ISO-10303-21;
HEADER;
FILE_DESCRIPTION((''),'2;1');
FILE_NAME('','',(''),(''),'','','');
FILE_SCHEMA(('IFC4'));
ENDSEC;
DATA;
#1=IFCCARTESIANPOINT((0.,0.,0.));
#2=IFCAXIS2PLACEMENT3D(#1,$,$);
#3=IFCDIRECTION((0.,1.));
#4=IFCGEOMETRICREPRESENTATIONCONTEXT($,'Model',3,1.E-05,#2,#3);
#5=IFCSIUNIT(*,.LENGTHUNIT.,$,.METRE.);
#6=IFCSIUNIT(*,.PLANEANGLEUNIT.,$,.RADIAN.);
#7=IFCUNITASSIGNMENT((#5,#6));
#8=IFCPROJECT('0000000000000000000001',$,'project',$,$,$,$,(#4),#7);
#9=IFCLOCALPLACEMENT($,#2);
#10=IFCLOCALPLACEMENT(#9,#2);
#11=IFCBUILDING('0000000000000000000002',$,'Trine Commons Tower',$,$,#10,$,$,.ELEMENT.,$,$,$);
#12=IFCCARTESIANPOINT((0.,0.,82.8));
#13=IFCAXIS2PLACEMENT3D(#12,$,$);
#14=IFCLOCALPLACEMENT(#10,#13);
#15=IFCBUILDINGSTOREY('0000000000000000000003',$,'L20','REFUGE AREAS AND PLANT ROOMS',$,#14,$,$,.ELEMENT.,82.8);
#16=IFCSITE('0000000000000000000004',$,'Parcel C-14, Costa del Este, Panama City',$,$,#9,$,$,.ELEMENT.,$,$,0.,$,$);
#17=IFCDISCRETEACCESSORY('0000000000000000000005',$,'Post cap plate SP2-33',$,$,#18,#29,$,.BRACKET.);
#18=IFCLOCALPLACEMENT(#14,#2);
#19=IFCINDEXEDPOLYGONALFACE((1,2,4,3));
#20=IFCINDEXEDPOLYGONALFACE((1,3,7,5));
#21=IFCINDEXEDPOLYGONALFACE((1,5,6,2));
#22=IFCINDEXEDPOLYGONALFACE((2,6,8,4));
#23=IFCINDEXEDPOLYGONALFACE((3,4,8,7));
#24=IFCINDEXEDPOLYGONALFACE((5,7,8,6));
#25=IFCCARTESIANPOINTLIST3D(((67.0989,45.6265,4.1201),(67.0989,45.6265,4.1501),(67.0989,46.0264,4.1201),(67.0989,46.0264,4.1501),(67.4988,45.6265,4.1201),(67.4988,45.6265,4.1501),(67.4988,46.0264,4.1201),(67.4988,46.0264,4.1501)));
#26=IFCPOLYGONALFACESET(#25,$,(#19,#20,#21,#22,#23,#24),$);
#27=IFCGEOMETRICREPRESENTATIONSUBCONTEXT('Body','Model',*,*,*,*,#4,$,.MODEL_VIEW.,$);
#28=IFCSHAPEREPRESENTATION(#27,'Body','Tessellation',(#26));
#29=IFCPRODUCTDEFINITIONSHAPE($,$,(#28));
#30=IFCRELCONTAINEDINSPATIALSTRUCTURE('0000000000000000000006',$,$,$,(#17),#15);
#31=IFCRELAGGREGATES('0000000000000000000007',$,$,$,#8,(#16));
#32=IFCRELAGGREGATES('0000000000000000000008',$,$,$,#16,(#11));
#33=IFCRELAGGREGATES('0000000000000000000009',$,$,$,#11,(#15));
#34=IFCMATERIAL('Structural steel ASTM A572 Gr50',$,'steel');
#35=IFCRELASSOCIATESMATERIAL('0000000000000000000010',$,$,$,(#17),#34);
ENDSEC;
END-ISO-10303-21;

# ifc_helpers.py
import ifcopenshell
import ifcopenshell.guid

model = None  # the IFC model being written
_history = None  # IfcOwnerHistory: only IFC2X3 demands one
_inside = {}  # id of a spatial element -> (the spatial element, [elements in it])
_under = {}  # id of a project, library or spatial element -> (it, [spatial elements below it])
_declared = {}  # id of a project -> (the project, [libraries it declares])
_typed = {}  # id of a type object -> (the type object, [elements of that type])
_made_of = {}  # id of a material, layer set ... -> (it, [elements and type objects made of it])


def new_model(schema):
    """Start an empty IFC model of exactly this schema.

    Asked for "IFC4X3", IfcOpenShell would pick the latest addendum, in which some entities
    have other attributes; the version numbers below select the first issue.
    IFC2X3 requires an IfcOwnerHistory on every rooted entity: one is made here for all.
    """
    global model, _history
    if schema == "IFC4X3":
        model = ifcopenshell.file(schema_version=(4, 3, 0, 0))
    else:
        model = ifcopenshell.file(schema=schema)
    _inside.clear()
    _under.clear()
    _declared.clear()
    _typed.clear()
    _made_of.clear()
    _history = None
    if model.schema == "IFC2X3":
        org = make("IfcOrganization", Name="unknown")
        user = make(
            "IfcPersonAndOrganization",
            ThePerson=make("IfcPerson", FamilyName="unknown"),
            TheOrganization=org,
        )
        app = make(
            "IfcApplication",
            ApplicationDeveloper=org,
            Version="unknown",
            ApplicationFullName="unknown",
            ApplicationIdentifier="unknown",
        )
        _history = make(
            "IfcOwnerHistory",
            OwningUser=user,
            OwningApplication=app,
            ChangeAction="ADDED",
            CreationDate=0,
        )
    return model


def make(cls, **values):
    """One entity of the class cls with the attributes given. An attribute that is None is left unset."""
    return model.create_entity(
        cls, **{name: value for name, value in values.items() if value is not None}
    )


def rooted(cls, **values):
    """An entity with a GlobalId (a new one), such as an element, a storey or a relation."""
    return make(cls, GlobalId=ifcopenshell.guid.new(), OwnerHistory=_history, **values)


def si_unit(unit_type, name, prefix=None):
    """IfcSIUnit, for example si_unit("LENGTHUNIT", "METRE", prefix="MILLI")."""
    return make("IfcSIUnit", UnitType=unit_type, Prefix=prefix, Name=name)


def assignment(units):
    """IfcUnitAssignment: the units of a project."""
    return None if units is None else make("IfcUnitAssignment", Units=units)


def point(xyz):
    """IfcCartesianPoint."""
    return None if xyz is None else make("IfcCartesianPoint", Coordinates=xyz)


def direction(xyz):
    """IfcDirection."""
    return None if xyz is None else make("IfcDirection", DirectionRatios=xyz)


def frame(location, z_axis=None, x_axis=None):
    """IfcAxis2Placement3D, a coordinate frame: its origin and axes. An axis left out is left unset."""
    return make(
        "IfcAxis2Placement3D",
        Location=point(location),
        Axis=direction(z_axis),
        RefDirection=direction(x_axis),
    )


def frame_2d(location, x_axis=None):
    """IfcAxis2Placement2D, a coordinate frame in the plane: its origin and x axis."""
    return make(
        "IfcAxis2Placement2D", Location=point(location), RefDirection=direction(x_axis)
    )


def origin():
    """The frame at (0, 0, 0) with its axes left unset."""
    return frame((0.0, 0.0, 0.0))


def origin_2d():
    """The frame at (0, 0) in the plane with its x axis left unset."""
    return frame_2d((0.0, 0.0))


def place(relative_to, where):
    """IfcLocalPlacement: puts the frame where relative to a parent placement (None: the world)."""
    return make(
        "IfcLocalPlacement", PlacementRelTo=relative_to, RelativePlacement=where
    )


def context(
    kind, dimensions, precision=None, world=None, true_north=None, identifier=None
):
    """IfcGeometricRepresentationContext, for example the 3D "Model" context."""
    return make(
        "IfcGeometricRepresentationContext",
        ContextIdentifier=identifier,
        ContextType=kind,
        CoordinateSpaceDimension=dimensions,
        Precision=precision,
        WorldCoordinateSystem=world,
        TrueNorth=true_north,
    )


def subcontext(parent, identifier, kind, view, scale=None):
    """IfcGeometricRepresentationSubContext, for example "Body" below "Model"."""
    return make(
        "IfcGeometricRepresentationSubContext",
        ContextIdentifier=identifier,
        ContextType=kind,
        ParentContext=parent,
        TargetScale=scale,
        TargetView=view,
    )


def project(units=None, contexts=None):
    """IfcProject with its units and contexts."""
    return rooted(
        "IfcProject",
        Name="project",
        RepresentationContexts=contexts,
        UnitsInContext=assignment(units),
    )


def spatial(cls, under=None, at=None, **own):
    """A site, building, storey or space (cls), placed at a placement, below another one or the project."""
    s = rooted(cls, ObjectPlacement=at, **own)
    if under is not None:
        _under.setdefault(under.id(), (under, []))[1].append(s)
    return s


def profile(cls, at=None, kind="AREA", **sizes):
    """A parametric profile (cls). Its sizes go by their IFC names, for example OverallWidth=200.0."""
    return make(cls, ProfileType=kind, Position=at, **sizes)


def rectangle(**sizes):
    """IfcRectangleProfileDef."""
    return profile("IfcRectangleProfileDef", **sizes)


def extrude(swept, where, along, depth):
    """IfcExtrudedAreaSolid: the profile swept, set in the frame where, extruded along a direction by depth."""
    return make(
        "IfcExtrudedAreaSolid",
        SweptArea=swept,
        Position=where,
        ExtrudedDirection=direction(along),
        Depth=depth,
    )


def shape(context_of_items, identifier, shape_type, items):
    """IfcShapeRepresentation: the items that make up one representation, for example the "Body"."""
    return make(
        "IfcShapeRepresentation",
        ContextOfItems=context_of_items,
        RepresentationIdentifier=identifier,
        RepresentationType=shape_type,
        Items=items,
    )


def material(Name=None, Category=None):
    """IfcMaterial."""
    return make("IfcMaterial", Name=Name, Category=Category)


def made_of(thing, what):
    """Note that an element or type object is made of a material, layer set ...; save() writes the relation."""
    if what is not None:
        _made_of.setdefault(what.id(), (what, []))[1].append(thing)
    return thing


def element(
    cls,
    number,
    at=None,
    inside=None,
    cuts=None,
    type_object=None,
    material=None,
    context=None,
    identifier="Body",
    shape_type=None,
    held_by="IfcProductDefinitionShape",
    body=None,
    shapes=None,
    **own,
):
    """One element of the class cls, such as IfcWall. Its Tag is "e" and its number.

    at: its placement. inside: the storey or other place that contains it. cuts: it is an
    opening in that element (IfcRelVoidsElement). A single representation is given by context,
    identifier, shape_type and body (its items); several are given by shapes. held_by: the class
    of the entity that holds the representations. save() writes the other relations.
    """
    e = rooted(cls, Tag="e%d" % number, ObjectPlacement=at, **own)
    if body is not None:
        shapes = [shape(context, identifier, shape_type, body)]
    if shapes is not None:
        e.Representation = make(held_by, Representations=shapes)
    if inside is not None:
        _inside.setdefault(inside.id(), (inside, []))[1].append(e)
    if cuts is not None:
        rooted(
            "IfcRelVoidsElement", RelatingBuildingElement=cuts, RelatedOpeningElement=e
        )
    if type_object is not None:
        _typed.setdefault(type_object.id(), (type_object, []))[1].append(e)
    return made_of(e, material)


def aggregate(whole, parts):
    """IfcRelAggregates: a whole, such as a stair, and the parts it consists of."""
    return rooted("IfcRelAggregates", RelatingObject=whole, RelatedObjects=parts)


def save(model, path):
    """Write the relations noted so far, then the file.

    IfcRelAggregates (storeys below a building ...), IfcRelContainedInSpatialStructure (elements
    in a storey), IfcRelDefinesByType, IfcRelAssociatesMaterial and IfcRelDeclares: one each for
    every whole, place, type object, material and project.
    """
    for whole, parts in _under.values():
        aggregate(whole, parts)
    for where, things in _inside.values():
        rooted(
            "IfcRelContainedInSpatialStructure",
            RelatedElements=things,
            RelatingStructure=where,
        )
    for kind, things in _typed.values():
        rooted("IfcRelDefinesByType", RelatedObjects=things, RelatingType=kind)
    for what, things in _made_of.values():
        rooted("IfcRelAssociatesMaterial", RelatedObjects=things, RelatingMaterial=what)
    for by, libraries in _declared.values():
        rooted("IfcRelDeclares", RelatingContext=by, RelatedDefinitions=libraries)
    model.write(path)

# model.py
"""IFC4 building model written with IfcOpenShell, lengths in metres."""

from ifc_helpers import new_model, si_unit, direction, frame, origin, origin_2d, place, context, subcontext, project, spatial, rectangle, extrude, material, element, save


model = new_model("IFC4")

# Units and contexts
model_context = context("Model", 3, precision=1e-05, world=origin(), true_north=direction((0.0, 1.0)))
body_context = subcontext(model_context, "Body", "Model", "MODEL_VIEW")
ifc_project = project(units=[si_unit("LENGTHUNIT", "METRE"), si_unit("PLANEANGLEUNIT", "RADIAN")], contexts=[model_context])

# Site, building, storey
site_placement = place(None, origin())
site = spatial("IfcSite", under=ifc_project, at=site_placement, Name="Parcel C-14, Costa del Este, Panama City", CompositionType="ELEMENT", RefElevation=0.0)
building_placement = place(site_placement, origin())
building = spatial("IfcBuilding", under=site, at=building_placement, Name="Trine Commons Tower", CompositionType="ELEMENT")
storey_placement = place(building_placement, frame((0.0, 0.0, 82.8)))
storey = spatial("IfcBuildingStorey", under=building, at=storey_placement, Name="L20", Description="REFUGE AREAS AND PLANT ROOMS", CompositionType="ELEMENT", Elevation=82.8)

# Discrete accessory
ifc_material_1 = material(Name="Structural steel ASTM A572 Gr50", Category="steel")
for number, where, z_axis, x_axis, name in (
    (1, (67.2988, 45.8264, 4.1201), (0.0, 0.0, 1.0), (1.0, 0.0, 0.0), "Post cap plate SP2-33"),
):
    element("IfcDiscreteAccessory", number, at=place(storey_placement, frame(where, z_axis=z_axis, x_axis=x_axis)), inside=storey, material=ifc_material_1, Name=name, PredefinedType="BRACKET", context=body_context, shape_type="SweptSolid", body=[
        extrude(rectangle(XDim=0.3999, YDim=0.3999, at=origin_2d()), origin(), (0.0, 0.0, 1.0), 0.03),
    ])

save(model, "model.ifc")
